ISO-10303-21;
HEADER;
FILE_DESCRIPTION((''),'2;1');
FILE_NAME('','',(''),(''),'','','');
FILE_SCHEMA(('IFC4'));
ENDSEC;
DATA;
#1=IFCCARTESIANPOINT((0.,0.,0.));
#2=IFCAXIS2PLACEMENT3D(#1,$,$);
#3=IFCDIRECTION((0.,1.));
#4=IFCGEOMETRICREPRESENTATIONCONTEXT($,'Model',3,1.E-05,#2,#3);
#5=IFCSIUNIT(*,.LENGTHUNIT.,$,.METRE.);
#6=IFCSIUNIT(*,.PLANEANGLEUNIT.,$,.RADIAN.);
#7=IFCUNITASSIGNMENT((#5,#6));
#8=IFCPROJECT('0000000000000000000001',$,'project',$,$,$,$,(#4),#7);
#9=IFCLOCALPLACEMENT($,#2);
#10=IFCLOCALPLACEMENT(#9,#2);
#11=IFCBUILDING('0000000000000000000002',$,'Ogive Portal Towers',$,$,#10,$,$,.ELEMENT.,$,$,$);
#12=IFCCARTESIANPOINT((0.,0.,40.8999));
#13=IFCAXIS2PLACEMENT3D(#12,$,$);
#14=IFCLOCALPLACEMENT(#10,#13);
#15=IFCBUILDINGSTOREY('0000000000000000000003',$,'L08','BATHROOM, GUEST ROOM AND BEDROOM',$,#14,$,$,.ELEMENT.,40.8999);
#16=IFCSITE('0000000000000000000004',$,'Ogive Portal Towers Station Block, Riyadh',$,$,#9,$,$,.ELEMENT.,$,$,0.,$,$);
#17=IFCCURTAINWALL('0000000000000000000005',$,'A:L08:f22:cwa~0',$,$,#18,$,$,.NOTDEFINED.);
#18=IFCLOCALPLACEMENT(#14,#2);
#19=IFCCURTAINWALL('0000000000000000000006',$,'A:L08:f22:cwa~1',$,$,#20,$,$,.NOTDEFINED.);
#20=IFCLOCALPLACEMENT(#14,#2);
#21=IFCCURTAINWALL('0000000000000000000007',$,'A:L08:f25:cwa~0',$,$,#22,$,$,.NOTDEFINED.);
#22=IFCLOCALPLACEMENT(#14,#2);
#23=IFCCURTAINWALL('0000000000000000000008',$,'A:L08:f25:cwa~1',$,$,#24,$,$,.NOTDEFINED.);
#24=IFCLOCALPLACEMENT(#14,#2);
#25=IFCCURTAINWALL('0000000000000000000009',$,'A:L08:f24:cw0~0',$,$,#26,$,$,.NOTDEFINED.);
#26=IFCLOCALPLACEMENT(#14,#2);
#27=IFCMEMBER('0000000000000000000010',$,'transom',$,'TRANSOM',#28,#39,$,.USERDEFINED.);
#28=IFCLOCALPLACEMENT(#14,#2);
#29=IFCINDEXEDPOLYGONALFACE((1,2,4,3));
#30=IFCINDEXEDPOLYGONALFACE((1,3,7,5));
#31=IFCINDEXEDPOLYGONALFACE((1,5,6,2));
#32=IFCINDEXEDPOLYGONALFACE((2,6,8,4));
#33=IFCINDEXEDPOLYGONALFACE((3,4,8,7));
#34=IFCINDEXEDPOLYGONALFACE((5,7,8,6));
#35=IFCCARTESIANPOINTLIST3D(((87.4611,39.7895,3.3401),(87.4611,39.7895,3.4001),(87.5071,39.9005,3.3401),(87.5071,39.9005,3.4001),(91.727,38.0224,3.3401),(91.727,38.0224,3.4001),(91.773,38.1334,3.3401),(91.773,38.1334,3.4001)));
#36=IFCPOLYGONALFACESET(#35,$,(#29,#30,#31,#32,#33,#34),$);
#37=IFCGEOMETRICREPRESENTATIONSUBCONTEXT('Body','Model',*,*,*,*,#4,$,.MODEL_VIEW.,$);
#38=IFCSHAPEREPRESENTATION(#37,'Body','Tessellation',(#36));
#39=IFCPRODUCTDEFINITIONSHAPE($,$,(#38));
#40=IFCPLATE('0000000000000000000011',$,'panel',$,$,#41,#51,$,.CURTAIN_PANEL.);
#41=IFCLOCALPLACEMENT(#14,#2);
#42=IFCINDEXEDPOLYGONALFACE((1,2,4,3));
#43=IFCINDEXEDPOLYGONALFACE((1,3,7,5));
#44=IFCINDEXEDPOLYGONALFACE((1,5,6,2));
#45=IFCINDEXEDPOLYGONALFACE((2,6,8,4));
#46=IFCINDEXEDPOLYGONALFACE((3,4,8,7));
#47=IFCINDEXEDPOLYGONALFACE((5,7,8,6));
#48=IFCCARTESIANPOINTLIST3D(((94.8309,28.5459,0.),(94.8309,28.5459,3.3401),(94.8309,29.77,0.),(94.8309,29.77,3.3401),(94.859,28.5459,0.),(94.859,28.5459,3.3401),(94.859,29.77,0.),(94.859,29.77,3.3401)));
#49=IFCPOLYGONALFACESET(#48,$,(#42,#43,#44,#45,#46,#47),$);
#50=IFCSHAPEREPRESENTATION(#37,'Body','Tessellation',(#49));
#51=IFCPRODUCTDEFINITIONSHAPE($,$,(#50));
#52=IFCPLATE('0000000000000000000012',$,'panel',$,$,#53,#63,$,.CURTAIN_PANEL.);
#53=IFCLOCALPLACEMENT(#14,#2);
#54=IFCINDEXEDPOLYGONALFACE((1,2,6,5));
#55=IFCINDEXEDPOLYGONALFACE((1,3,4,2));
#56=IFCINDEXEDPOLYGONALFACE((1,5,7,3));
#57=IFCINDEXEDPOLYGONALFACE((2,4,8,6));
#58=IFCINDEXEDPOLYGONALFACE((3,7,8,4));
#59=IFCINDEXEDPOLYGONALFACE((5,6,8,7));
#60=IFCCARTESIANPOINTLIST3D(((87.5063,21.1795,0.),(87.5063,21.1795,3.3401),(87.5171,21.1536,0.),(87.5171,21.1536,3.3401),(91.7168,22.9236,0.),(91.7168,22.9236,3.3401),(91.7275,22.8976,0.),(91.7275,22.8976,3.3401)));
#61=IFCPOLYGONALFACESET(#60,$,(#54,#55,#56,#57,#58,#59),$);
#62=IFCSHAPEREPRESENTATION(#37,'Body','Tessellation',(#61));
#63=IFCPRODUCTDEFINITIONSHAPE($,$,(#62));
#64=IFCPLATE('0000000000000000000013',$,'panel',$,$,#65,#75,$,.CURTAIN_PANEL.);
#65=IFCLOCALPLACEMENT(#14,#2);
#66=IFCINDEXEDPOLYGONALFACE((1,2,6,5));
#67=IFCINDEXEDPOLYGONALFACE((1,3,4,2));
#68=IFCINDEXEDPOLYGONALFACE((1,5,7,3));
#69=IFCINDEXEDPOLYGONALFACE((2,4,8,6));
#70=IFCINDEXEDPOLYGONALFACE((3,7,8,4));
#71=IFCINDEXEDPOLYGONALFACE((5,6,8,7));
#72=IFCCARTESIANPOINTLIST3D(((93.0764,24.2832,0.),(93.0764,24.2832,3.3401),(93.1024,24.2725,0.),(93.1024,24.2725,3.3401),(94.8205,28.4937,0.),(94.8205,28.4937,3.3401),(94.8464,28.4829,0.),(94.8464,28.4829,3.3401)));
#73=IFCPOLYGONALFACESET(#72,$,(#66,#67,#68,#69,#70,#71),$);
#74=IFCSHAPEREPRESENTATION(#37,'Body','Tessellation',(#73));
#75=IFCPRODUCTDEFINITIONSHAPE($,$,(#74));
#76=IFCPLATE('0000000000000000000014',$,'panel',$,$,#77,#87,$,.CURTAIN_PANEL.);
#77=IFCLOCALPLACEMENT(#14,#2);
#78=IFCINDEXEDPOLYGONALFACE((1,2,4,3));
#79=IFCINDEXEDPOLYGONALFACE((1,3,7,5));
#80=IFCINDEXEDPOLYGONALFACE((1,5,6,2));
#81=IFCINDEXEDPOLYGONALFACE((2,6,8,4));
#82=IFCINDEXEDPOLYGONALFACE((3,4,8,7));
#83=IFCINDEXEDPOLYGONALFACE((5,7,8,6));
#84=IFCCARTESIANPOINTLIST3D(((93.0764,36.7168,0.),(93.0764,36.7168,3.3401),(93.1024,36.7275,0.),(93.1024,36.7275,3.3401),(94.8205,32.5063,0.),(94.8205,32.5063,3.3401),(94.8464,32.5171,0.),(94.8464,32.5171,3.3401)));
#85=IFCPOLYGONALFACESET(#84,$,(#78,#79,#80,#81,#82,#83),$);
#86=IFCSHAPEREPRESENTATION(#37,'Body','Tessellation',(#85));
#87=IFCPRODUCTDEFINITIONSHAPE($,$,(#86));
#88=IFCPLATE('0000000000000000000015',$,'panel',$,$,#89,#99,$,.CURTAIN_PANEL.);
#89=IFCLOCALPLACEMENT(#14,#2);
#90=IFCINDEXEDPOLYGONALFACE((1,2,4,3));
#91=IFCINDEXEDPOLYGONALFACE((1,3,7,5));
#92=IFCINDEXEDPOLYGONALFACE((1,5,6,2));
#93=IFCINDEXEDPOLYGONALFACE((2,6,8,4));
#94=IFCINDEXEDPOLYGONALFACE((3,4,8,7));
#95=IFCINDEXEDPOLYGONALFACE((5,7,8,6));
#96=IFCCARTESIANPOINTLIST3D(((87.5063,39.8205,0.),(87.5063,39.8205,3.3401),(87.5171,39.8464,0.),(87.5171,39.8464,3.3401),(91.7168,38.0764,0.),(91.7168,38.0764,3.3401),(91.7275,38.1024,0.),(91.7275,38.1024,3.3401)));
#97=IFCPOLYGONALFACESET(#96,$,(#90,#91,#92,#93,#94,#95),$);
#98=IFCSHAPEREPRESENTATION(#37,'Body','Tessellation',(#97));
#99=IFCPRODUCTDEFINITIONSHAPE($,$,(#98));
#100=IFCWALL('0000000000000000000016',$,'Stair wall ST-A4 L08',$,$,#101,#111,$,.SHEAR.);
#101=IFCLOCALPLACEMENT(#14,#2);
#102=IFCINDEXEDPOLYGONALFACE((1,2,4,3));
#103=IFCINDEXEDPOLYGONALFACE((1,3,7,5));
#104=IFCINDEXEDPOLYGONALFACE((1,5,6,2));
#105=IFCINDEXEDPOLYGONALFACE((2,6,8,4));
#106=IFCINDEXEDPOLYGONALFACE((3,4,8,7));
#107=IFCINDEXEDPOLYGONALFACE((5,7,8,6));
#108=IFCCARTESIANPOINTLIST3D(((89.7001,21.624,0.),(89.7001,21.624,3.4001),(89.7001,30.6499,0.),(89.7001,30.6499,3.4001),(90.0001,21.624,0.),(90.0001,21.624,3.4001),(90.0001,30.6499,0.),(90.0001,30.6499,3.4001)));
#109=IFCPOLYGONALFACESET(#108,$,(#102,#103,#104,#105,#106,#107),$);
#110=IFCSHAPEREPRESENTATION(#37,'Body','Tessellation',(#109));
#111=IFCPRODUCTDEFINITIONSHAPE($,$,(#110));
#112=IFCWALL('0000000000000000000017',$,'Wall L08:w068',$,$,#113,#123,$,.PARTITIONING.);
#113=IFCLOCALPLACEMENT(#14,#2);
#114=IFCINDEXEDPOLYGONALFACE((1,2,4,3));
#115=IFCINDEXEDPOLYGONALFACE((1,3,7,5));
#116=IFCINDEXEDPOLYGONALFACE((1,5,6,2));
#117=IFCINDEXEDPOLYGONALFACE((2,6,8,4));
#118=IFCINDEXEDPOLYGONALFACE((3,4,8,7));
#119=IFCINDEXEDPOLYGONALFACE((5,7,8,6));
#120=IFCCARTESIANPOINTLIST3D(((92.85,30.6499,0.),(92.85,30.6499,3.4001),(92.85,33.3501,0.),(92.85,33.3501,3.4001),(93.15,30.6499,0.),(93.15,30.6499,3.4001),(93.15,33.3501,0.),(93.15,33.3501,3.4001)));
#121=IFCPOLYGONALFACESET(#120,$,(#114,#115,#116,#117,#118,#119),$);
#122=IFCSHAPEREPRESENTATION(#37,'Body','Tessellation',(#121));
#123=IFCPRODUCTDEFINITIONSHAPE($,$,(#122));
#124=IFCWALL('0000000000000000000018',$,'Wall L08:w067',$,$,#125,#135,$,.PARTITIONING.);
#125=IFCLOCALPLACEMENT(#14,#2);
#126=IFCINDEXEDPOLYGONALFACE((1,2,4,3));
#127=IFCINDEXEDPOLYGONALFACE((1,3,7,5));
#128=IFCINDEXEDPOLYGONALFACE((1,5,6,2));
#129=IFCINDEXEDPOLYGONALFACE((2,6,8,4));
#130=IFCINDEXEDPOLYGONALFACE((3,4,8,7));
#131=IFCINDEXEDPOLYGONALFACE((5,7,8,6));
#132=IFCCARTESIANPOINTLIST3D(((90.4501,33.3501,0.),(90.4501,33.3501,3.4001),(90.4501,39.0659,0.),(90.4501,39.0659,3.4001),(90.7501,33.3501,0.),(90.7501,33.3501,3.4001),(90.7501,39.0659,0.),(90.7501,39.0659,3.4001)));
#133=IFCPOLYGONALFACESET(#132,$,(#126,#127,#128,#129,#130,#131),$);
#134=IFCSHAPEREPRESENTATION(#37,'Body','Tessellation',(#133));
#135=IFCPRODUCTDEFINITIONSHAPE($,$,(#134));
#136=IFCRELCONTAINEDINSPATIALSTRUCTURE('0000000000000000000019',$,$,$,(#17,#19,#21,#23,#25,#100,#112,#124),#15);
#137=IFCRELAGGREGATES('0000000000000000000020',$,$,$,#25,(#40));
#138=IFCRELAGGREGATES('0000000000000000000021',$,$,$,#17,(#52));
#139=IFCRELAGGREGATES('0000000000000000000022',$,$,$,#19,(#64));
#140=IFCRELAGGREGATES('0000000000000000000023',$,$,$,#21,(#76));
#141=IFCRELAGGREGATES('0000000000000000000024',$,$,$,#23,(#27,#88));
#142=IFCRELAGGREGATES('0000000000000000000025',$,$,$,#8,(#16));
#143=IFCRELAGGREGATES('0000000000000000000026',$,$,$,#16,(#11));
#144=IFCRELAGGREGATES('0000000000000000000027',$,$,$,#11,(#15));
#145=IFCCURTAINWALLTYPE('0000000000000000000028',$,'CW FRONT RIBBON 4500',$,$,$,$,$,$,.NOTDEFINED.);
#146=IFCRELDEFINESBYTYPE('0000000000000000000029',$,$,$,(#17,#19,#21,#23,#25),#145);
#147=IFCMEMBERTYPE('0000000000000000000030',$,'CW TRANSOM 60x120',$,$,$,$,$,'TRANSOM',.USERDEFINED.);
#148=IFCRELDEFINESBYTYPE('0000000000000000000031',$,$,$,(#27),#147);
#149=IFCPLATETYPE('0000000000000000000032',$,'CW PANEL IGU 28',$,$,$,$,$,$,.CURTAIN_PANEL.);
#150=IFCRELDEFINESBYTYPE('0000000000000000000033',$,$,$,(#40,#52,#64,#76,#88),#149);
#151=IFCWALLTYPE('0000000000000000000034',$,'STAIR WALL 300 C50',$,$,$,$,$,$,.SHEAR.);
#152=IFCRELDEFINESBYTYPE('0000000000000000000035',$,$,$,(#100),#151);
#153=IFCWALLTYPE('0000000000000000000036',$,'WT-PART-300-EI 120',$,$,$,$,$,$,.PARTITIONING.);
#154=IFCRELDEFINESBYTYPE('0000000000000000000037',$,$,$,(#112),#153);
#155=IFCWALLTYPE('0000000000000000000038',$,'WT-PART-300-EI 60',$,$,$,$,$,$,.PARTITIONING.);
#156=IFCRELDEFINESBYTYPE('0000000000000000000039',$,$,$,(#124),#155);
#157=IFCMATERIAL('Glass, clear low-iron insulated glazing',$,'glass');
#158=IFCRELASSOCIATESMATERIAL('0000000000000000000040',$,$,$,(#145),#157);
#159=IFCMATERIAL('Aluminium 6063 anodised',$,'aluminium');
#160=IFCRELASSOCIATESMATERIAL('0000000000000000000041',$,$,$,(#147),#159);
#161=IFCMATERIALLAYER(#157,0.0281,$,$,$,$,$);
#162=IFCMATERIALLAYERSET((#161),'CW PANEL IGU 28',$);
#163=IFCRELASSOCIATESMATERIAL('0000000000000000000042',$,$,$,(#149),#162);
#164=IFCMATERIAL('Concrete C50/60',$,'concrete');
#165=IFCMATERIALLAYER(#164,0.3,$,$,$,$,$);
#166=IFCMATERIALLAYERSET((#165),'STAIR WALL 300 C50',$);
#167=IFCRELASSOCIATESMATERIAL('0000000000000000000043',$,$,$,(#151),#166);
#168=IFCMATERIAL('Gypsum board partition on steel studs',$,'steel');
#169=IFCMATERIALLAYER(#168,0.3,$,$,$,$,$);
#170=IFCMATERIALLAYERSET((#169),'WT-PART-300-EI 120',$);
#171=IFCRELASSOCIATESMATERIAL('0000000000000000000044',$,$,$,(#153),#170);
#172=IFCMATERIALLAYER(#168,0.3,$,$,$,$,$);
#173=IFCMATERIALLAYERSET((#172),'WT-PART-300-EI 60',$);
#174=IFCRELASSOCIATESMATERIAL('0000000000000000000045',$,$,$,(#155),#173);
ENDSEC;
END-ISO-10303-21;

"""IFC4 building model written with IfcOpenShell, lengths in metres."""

from ifc_helpers import new_model, si_unit, direction, frame, frame_2d, origin, origin_2d, place, context, subcontext, project, spatial, rectangle, extrude, material, layer, layer_set, material_profile, profile_set, type_object, element, aggregate, save


model = new_model("IFC4")

# Units and contexts
model_context = context("Model", 3, precision=1e-05, world=origin(), true_north=direction((0.0, 1.0)))
body_context = subcontext(model_context, "Body", "Model", "MODEL_VIEW")
ifc_project = project(units=[si_unit("LENGTHUNIT", "METRE"), si_unit("PLANEANGLEUNIT", "RADIAN")], contexts=[model_context])

# Site, building, storey
site_placement = place(None, origin())
site = spatial("IfcSite", under=ifc_project, at=site_placement, Name="Ogive Portal Towers Station Block, Riyadh", CompositionType="ELEMENT", RefElevation=0.0)
building_placement = place(site_placement, origin())
building = spatial("IfcBuilding", under=site, at=building_placement, Name="Ogive Portal Towers", CompositionType="ELEMENT")
storey_placement = place(building_placement, frame((0.0, 0.0, 40.8999)))
storey = spatial("IfcBuildingStorey", under=building, at=storey_placement, Name="L08", Description="BATHROOM, GUEST ROOM AND BEDROOM", CompositionType="ELEMENT", Elevation=40.8999)

# Shared definitions
ifc_material_1 = material(Name="Glass, clear low-iron insulated glazing", Category="glass")
curtain_wall_type = type_object("IfcCurtainWallType", Name="CW FRONT RIBBON 4500", PredefinedType="NOTDEFINED", material=ifc_material_1)
ifc_material_2 = material(Name="Aluminium 6063 anodised", Category="aluminium")

# Curtain wall
curtain_wall_1_placement = place(storey_placement, origin())
curtain_wall_1 = element("IfcCurtainWall", 1, at=curtain_wall_1_placement, inside=storey, type_object=curtain_wall_type, Name="A:L08:f22:cwa~0", PredefinedType="NOTDEFINED")

# Curtain walls
curtain_wall_2_placement = place(storey_placement, origin())
curtain_wall_2 = element("IfcCurtainWall", 2, at=curtain_wall_2_placement, inside=storey, type_object=curtain_wall_type, Name="A:L08:f22:cwa~1", PredefinedType="NOTDEFINED")
curtain_wall_3_placement = place(storey_placement, origin())
curtain_wall_3 = element("IfcCurtainWall", 3, at=curtain_wall_3_placement, inside=storey, type_object=curtain_wall_type, Name="A:L08:f25:cwa~0", PredefinedType="NOTDEFINED")
curtain_wall_4_placement = place(storey_placement, origin())
curtain_wall_4 = element("IfcCurtainWall", 4, at=curtain_wall_4_placement, inside=storey, type_object=curtain_wall_type, Name="A:L08:f25:cwa~1", PredefinedType="NOTDEFINED")
curtain_wall_5_placement = place(storey_placement, origin())
curtain_wall_5 = element("IfcCurtainWall", 5, at=curtain_wall_5_placement, inside=storey, type_object=curtain_wall_type, Name="A:L08:f24:cw0~0", PredefinedType="NOTDEFINED")
ifc_material_profile_1 = material_profile(ifc_material_2, rectangle(XDim=0.1201, YDim=0.0601, at=origin_2d()), Name="AL 120x60")
ifc_profile_set_1 = profile_set([ifc_material_profile_1], Name="Aluminium 6063 anodised")
member_type_1 = type_object("IfcMemberType", Name="CW TRANSOM 60x120", ElementType="TRANSOM", PredefinedType="USERDEFINED", material=ifc_profile_set_1)

# Member
member_1_placement = place(storey_placement, frame((91.75, 38.0779, 3.3701), z_axis=(-0.923871, 0.382704, 0.0), x_axis=(-0.382704, -0.923871, 0.0)))
member_1 = element("IfcMember", 6, at=member_1_placement, type_object=member_type_1, Name="transom", ObjectType="TRANSOM", PredefinedType="USERDEFINED", context=body_context, shape_type="SweptSolid", body=[
    extrude(rectangle(XDim=0.1201, YDim=0.0601, at=origin_2d()), origin(), (0.0, 0.0, 1.0), 4.6174),
])

# Plates
ifc_layer_1 = layer(ifc_material_1, 0.0281)
ifc_layer_set_1 = layer_set([ifc_layer_1], Name="CW PANEL IGU 28")
plate_type = type_object("IfcPlateType", Name="CW PANEL IGU 28", PredefinedType="CURTAIN_PANEL", material=ifc_layer_set_1)
plate_1_placement = place(storey_placement, frame((94.845, 29.158, 0.0), z_axis=(0.0, 0.0, 1.0), x_axis=(0.0, 1.0, 0.0)))
plate_1 = element("IfcPlate", 7, at=plate_1_placement, type_object=plate_type, Name="panel", PredefinedType="CURTAIN_PANEL", context=body_context, shape_type="SweptSolid", body=[
    extrude(rectangle(XDim=1.2241, YDim=0.0281, at=origin_2d()), origin(), (0.0, 0.0, 1.0), 3.3401),
])
aggregate(curtain_wall_5, [plate_1])
plate_2_placement = place(storey_placement, frame((89.6169, 22.0386, 0.0), z_axis=(0.0, 0.0, 1.0), x_axis=(0.92388, 0.382683, 0.0)))
plate_2 = element("IfcPlate", 8, at=plate_2_placement, type_object=plate_type, Name="panel", PredefinedType="CURTAIN_PANEL", context=body_context, shape_type="SweptSolid", body=[
    extrude(rectangle(XDim=4.5574, YDim=0.0281, at=origin_2d()), origin(), (0.0, 0.0, 1.0), 3.3401),
])
aggregate(curtain_wall_1, [plate_2])
plate_3_placement = place(storey_placement, frame((93.9614, 26.3831, 0.0), z_axis=(0.0, 0.0, 1.0), x_axis=(0.382683, 0.92388, 0.0)))
plate_3 = element("IfcPlate", 9, at=plate_3_placement, type_object=plate_type, Name="panel", PredefinedType="CURTAIN_PANEL", context=body_context, shape_type="SweptSolid", body=[
    extrude(rectangle(XDim=4.5574, YDim=0.0281, at=origin_2d()), origin(), (0.0, 0.0, 1.0), 3.3401),
])
aggregate(curtain_wall_2, [plate_3])
plate_4_placement = place(storey_placement, frame((93.9614, 34.6169, 0.0), z_axis=(0.0, 0.0, 1.0), x_axis=(-0.382683, 0.92388, 0.0)))
plate_4 = element("IfcPlate", 10, at=plate_4_placement, type_object=plate_type, Name="panel", PredefinedType="CURTAIN_PANEL", context=body_context, shape_type="SweptSolid", body=[
    extrude(rectangle(XDim=4.5574, YDim=0.0281, at=origin_2d()), origin(), (0.0, 0.0, 1.0), 3.3401),
])
aggregate(curtain_wall_3, [plate_4])
plate_5_placement = place(storey_placement, frame((89.6169, 38.9614, 0.0), z_axis=(0.0, 0.0, 1.0), x_axis=(-0.92388, 0.382683, 0.0)))
plate_5 = element("IfcPlate", 11, at=plate_5_placement, type_object=plate_type, Name="panel", PredefinedType="CURTAIN_PANEL", context=body_context, shape_type="SweptSolid", body=[
    extrude(rectangle(XDim=4.5574, YDim=0.0281, at=origin_2d()), origin(), (0.0, 0.0, 1.0), 3.3401),
])
aggregate(curtain_wall_4, [member_1, plate_5])

# Walls
ifc_material_3 = material(Name="Concrete C50/60", Category="concrete")
ifc_layer_2 = layer(ifc_material_3, 0.3)
ifc_layer_set_2 = layer_set([ifc_layer_2], Name="STAIR WALL 300 C50")
wall_type_1 = type_object("IfcWallType", Name="STAIR WALL 300 C50", PredefinedType="SHEAR", material=ifc_layer_set_2)
wall_1_placement = place(storey_placement, frame((89.8501, 21.624, 0.0), z_axis=(0.0, 0.0, 1.0), x_axis=(0.0, 1.0, 0.0)))
element("IfcWall", 12, at=wall_1_placement, inside=storey, type_object=wall_type_1, Name="Stair wall ST-A4 L08", PredefinedType="SHEAR", context=body_context, shape_type="SweptSolid", body=[
    extrude(rectangle(XDim=9.0259, YDim=0.3, at=frame_2d((4.5129, 0.0))), origin(), (0.0, 0.0, 1.0), 3.4001),
])
ifc_material_4 = material(Name="Gypsum board partition on steel studs", Category="steel")
ifc_layer_3 = layer(ifc_material_4, 0.3)
ifc_layer_set_3 = layer_set([ifc_layer_3], Name="WT-PART-300-EI 120")
wall_type_2 = type_object("IfcWallType", Name="WT-PART-300-EI 120", PredefinedType="PARTITIONING", material=ifc_layer_set_3)
wall_2_placement = place(storey_placement, frame((93.0, 30.6499, 0.0), z_axis=(0.0, 0.0, 1.0), x_axis=(0.0, 1.0, 0.0)))
element("IfcWall", 13, at=wall_2_placement, inside=storey, type_object=wall_type_2, Name="Wall L08:w068", PredefinedType="PARTITIONING", context=body_context, shape_type="SweptSolid", body=[
    extrude(rectangle(XDim=2.7002, YDim=0.3, at=frame_2d((1.3501, 0.0))), origin(), (0.0, 0.0, 1.0), 3.4001),
])
ifc_layer_4 = layer(ifc_material_4, 0.3)
ifc_layer_set_4 = layer_set([ifc_layer_4], Name="WT-PART-300-EI 60")
wall_type_3 = type_object("IfcWallType", Name="WT-PART-300-EI 60", PredefinedType="PARTITIONING", material=ifc_layer_set_4)
wall_3_placement = place(storey_placement, frame((90.6001, 33.3501, 0.0), z_axis=(0.0, 0.0, 1.0), x_axis=(0.0, 1.0, 0.0)))
element("IfcWall", 14, at=wall_3_placement, inside=storey, type_object=wall_type_3, Name="Wall L08:w067", PredefinedType="PARTITIONING", context=body_context, shape_type="SweptSolid", body=[
    extrude(rectangle(XDim=5.7158, YDim=0.3, at=frame_2d((2.8579, 0.0))), origin(), (0.0, 0.0, 1.0), 3.4001),
])

save(model, "model.ifc")
